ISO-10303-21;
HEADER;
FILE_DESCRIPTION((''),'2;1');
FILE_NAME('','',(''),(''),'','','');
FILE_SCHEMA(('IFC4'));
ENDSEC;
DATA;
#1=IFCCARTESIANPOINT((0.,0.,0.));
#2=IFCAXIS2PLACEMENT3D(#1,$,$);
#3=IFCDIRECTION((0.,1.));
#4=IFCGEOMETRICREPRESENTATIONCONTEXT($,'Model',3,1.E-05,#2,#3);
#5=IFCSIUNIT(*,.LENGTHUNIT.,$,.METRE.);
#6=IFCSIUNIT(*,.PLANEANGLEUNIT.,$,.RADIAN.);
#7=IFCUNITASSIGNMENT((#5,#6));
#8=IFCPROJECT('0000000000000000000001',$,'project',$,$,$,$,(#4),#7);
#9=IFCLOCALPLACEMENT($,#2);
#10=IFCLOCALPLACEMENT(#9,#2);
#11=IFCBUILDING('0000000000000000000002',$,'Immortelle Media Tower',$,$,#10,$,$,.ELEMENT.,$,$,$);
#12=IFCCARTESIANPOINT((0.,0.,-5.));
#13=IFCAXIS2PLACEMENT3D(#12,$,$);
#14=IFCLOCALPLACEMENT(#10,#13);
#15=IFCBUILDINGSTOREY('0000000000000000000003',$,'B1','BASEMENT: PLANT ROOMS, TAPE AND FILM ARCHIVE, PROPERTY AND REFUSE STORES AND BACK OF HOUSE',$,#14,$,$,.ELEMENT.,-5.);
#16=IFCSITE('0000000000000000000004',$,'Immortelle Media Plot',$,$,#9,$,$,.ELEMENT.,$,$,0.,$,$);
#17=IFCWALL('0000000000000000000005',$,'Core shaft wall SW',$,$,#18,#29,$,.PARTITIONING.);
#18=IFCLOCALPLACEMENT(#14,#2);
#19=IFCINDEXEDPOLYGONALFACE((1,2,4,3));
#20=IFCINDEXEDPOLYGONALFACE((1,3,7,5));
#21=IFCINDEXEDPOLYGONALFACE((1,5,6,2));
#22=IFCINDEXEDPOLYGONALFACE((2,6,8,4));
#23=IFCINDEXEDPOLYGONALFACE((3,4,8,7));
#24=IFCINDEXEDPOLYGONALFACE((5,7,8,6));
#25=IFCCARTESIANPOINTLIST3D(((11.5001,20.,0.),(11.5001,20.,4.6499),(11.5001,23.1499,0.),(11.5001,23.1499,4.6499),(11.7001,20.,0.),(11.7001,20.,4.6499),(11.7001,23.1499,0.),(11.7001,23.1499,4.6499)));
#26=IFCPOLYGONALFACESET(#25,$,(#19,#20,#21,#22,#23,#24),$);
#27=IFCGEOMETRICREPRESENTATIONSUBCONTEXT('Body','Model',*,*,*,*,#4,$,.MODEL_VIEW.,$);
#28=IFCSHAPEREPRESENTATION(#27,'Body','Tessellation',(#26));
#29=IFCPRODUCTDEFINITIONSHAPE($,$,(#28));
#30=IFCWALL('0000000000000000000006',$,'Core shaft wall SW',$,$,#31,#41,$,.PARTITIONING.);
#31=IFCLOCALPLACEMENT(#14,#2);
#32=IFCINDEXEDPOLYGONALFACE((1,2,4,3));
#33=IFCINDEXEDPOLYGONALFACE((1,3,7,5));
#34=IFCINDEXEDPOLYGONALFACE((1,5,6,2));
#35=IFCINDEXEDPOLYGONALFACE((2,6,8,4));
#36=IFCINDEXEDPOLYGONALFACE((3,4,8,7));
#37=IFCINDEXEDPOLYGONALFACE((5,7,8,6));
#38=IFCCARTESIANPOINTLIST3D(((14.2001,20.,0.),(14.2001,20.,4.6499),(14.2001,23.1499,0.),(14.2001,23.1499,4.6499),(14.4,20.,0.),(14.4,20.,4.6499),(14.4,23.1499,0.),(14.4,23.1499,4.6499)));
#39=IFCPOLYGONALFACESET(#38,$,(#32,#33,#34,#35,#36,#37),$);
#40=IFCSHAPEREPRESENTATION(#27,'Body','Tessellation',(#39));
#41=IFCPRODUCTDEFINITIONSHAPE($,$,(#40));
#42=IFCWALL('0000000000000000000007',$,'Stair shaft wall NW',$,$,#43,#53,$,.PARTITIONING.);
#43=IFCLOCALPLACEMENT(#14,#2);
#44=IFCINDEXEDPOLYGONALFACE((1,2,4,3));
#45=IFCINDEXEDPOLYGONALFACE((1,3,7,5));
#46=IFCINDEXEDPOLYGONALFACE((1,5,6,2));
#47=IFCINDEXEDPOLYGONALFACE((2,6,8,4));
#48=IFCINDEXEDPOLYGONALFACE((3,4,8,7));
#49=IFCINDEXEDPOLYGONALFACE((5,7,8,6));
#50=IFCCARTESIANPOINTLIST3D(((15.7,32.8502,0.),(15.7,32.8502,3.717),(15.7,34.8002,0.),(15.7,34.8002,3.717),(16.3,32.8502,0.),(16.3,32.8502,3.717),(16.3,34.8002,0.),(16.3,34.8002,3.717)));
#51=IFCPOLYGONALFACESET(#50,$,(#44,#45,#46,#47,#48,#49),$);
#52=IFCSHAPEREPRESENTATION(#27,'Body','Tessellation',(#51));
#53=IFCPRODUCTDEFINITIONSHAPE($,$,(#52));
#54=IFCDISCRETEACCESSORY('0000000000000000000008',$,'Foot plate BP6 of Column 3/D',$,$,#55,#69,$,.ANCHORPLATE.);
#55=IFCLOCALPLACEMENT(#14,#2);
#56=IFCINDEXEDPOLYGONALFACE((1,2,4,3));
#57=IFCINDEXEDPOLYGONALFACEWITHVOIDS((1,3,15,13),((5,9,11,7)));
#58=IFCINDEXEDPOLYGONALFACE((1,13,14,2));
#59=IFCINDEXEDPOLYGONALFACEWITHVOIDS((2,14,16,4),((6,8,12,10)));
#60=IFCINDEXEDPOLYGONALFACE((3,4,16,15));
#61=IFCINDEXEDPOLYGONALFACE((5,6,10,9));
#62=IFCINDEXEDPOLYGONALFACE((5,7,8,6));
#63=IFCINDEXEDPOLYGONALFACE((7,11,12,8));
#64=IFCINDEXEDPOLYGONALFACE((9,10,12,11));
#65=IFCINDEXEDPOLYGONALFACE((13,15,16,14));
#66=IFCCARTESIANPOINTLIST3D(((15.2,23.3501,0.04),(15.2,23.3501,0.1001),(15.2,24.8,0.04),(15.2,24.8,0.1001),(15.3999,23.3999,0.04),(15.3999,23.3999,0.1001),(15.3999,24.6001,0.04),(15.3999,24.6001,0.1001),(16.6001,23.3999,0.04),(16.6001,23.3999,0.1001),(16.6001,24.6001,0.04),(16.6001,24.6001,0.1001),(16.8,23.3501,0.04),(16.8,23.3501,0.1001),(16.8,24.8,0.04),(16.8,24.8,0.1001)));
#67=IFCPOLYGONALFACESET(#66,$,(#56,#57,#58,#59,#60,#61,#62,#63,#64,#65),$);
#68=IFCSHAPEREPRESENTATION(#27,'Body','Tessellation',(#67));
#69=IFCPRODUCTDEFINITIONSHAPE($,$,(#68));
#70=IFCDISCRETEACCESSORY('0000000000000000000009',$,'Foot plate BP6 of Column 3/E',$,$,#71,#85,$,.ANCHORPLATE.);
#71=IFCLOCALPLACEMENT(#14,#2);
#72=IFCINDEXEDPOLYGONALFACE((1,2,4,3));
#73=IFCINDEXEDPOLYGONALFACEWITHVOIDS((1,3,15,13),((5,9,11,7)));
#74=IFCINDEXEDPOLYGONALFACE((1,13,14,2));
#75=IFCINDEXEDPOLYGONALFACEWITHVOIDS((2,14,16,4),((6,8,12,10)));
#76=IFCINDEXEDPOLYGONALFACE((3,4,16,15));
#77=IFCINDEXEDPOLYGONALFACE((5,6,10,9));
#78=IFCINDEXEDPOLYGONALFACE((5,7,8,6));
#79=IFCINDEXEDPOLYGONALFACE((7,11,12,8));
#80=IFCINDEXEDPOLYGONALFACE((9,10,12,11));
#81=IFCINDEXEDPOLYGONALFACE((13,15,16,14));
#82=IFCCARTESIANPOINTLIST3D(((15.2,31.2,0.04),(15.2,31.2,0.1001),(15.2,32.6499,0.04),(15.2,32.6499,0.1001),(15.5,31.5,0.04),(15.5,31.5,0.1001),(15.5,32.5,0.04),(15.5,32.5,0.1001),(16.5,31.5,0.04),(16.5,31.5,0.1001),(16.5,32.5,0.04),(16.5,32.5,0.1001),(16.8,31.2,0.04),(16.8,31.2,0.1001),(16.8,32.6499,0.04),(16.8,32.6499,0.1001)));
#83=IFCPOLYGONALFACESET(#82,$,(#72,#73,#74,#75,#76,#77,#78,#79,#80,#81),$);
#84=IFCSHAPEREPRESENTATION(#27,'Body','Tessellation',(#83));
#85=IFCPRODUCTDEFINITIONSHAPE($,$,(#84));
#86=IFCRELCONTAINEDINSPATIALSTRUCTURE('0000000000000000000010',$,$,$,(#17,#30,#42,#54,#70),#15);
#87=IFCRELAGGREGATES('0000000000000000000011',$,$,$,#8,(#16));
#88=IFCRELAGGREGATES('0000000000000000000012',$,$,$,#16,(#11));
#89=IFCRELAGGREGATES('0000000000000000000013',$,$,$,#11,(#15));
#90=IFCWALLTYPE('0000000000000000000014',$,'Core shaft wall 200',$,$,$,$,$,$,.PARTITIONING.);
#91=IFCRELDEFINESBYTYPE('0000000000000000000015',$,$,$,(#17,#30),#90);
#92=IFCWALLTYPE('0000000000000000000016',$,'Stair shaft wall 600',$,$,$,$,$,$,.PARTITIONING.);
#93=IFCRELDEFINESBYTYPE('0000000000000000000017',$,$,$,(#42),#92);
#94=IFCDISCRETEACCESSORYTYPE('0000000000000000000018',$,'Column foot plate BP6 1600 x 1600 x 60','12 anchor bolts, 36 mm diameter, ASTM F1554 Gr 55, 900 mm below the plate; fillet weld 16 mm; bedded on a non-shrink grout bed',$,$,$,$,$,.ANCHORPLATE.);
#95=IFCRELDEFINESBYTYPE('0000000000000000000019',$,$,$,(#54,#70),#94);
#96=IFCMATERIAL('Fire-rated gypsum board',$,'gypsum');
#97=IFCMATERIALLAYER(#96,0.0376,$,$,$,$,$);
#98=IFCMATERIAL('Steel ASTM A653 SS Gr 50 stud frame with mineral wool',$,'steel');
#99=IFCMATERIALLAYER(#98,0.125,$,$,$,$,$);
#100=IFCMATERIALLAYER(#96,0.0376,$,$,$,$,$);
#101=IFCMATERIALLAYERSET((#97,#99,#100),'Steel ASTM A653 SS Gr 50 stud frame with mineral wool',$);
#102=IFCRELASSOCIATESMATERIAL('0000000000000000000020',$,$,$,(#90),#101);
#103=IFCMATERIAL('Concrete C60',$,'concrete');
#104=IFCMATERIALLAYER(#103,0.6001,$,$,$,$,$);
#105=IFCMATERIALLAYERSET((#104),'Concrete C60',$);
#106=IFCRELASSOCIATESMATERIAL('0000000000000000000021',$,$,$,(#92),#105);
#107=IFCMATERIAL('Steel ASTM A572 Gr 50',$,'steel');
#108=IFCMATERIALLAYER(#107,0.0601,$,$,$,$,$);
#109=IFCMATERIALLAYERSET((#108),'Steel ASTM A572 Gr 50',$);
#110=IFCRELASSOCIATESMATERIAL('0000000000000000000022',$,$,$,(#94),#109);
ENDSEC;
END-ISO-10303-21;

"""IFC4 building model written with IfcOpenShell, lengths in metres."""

from ifc_helpers import new_model, si_unit, direction, frame, frame_2d, origin, place, context, subcontext, project, spatial, polyline, rectangle, outline, extrude, material, layer, layer_set, type_object, element, save


model = new_model("IFC4")

# Units and contexts
model_context = context("Model", 3, precision=1e-05, world=origin(), true_north=direction((0.0, 1.0)))
body_context = subcontext(model_context, "Body", "Model", "MODEL_VIEW")
ifc_project = project(units=[si_unit("LENGTHUNIT", "METRE"), si_unit("PLANEANGLEUNIT", "RADIAN")], contexts=[model_context])

# Site, building, storey
site_placement = place(None, origin())
site = spatial("IfcSite", under=ifc_project, at=site_placement, Name="Immortelle Media Plot", CompositionType="ELEMENT", RefElevation=0.0)
building_placement = place(site_placement, origin())
building = spatial("IfcBuilding", under=site, at=building_placement, Name="Immortelle Media Tower", CompositionType="ELEMENT")
storey_placement = place(building_placement, frame((0.0, 0.0, -5.0)))
storey = spatial("IfcBuildingStorey", under=building, at=storey_placement, Name="B1", Description="BASEMENT: PLANT ROOMS, TAPE AND FILM ARCHIVE, PROPERTY AND REFUSE STORES AND BACK OF HOUSE", CompositionType="ELEMENT", Elevation=-5.0)

# Shared definitions
ifc_material_1 = material(Name="Concrete C60", Category="concrete")

# Shared definitions
ifc_material_2 = material(Name="Steel ASTM A572 Gr 50", Category="steel")

# Shared definitions
ifc_material_3 = material(Name="Fire-rated gypsum board", Category="gypsum")
ifc_material_4 = material(Name="Steel ASTM A653 SS Gr 50 stud frame with mineral wool", Category="steel")

# Shared definitions
ifc_layer_1 = layer(ifc_material_3, 0.0376)
ifc_layer_2 = layer(ifc_material_4, 0.125)
ifc_layer_3 = layer(ifc_material_3, 0.0376)
ifc_layer_set_1 = layer_set([ifc_layer_1, ifc_layer_2, ifc_layer_3], Name="Steel ASTM A653 SS Gr 50 stud frame with mineral wool")
wall_type_1 = type_object("IfcWallType", Name="Core shaft wall 200", PredefinedType="PARTITIONING", material=ifc_layer_set_1)

# Walls
for number, where, z_axis, x_axis, name in (
    (1, (11.6001, 20.0, 0.0), (0.0, 0.0, 1.0), (0.0, 1.0, 0.0), "Core shaft wall SW"),
    (2, (14.3, 20.0, 0.0), (0.0, 0.0, 1.0), (0.0, 1.0, 0.0), "Core shaft wall SW"),
):
    element("IfcWall", number, at=place(storey_placement, frame(where, z_axis=z_axis, x_axis=x_axis)), inside=storey, type_object=wall_type_1, Name=name, PredefinedType="PARTITIONING", context=body_context, shape_type="SweptSolid", body=[
        extrude(rectangle(XDim=3.1499, YDim=0.2, at=frame_2d((1.575, 0.0))), origin(), (0.0, 0.0, 1.0), 4.6499),
    ])
ifc_layer_4 = layer(ifc_material_1, 0.6001)
ifc_layer_set_2 = layer_set([ifc_layer_4], Name="Concrete C60")
wall_type_2 = type_object("IfcWallType", Name="Stair shaft wall 600", PredefinedType="PARTITIONING", material=ifc_layer_set_2)
wall_1_placement = place(storey_placement, frame((16.0, 32.8501, 0.0), z_axis=(0.0, 0.0, 1.0), x_axis=(0.0, 1.0, 0.0)))
element("IfcWall", 3, at=wall_1_placement, inside=storey, type_object=wall_type_2, Name="Stair shaft wall NW", PredefinedType="PARTITIONING", context=body_context, shape_type="SweptSolid", body=[
    extrude(rectangle(XDim=1.95, YDim=0.6001, at=frame_2d((0.9751, 0.0))), origin(), (0.0, 0.0, 1.0), 3.717),
])

# Discrete accessories
ifc_layer_5 = layer(ifc_material_2, 0.0601)
ifc_layer_set_3 = layer_set([ifc_layer_5], Name="Steel ASTM A572 Gr 50")
discrete_accessory_type = type_object("IfcDiscreteAccessoryType", Name="Column foot plate BP6 1600 x 1600 x 60", Description="12 anchor bolts, 36 mm diameter, ASTM F1554 Gr 55, 900 mm below the plate; fillet weld 16 mm; bedded on a non-shrink grout bed", PredefinedType="ANCHORPLATE", material=ifc_layer_set_3)
discrete_accessory_1_placement = place(storey_placement, frame((16.0, 24.0, 0.04), z_axis=(0.0, 0.0, 1.0), x_axis=(1.0, 0.0, 0.0)))
element("IfcDiscreteAccessory", 4, at=discrete_accessory_1_placement, inside=storey, type_object=discrete_accessory_type, Name="Foot plate BP6 of Column 3/D", PredefinedType="ANCHORPLATE", context=body_context, shape_type="SweptSolid", body=[
    extrude(outline(polyline([(0.8, 0.8), (-0.8, 0.8), (-0.8, -0.6499), (0.8, -0.6499), (0.8, 0.8)]), holes=[polyline([(0.6001, 0.6001), (0.6001, -0.6001), (-0.6001, -0.6001), (-0.6001, 0.6001), (0.6001, 0.6001)])]), origin(), (0.0, 0.0, 1.0), 0.0601),
])
discrete_accessory_2_placement = place(storey_placement, frame((16.0, 32.0, 0.04), z_axis=(0.0, 0.0, 1.0), x_axis=(1.0, 0.0, 0.0)))
element("IfcDiscreteAccessory", 5, at=discrete_accessory_2_placement, inside=storey, type_object=discrete_accessory_type, Name="Foot plate BP6 of Column 3/E", PredefinedType="ANCHORPLATE", context=body_context, shape_type="SweptSolid", body=[
    extrude(outline(polyline([(-0.8, -0.8), (0.8, -0.8), (0.8, 0.6499), (-0.8, 0.6499), (-0.8, -0.8)]), holes=[polyline([(0.5, 0.5), (0.5, -0.5), (-0.5, -0.5), (-0.5, 0.5), (0.5, 0.5)])]), origin(), (0.0, 0.0, 1.0), 0.0601),
])

save(model, "model.ifc")
